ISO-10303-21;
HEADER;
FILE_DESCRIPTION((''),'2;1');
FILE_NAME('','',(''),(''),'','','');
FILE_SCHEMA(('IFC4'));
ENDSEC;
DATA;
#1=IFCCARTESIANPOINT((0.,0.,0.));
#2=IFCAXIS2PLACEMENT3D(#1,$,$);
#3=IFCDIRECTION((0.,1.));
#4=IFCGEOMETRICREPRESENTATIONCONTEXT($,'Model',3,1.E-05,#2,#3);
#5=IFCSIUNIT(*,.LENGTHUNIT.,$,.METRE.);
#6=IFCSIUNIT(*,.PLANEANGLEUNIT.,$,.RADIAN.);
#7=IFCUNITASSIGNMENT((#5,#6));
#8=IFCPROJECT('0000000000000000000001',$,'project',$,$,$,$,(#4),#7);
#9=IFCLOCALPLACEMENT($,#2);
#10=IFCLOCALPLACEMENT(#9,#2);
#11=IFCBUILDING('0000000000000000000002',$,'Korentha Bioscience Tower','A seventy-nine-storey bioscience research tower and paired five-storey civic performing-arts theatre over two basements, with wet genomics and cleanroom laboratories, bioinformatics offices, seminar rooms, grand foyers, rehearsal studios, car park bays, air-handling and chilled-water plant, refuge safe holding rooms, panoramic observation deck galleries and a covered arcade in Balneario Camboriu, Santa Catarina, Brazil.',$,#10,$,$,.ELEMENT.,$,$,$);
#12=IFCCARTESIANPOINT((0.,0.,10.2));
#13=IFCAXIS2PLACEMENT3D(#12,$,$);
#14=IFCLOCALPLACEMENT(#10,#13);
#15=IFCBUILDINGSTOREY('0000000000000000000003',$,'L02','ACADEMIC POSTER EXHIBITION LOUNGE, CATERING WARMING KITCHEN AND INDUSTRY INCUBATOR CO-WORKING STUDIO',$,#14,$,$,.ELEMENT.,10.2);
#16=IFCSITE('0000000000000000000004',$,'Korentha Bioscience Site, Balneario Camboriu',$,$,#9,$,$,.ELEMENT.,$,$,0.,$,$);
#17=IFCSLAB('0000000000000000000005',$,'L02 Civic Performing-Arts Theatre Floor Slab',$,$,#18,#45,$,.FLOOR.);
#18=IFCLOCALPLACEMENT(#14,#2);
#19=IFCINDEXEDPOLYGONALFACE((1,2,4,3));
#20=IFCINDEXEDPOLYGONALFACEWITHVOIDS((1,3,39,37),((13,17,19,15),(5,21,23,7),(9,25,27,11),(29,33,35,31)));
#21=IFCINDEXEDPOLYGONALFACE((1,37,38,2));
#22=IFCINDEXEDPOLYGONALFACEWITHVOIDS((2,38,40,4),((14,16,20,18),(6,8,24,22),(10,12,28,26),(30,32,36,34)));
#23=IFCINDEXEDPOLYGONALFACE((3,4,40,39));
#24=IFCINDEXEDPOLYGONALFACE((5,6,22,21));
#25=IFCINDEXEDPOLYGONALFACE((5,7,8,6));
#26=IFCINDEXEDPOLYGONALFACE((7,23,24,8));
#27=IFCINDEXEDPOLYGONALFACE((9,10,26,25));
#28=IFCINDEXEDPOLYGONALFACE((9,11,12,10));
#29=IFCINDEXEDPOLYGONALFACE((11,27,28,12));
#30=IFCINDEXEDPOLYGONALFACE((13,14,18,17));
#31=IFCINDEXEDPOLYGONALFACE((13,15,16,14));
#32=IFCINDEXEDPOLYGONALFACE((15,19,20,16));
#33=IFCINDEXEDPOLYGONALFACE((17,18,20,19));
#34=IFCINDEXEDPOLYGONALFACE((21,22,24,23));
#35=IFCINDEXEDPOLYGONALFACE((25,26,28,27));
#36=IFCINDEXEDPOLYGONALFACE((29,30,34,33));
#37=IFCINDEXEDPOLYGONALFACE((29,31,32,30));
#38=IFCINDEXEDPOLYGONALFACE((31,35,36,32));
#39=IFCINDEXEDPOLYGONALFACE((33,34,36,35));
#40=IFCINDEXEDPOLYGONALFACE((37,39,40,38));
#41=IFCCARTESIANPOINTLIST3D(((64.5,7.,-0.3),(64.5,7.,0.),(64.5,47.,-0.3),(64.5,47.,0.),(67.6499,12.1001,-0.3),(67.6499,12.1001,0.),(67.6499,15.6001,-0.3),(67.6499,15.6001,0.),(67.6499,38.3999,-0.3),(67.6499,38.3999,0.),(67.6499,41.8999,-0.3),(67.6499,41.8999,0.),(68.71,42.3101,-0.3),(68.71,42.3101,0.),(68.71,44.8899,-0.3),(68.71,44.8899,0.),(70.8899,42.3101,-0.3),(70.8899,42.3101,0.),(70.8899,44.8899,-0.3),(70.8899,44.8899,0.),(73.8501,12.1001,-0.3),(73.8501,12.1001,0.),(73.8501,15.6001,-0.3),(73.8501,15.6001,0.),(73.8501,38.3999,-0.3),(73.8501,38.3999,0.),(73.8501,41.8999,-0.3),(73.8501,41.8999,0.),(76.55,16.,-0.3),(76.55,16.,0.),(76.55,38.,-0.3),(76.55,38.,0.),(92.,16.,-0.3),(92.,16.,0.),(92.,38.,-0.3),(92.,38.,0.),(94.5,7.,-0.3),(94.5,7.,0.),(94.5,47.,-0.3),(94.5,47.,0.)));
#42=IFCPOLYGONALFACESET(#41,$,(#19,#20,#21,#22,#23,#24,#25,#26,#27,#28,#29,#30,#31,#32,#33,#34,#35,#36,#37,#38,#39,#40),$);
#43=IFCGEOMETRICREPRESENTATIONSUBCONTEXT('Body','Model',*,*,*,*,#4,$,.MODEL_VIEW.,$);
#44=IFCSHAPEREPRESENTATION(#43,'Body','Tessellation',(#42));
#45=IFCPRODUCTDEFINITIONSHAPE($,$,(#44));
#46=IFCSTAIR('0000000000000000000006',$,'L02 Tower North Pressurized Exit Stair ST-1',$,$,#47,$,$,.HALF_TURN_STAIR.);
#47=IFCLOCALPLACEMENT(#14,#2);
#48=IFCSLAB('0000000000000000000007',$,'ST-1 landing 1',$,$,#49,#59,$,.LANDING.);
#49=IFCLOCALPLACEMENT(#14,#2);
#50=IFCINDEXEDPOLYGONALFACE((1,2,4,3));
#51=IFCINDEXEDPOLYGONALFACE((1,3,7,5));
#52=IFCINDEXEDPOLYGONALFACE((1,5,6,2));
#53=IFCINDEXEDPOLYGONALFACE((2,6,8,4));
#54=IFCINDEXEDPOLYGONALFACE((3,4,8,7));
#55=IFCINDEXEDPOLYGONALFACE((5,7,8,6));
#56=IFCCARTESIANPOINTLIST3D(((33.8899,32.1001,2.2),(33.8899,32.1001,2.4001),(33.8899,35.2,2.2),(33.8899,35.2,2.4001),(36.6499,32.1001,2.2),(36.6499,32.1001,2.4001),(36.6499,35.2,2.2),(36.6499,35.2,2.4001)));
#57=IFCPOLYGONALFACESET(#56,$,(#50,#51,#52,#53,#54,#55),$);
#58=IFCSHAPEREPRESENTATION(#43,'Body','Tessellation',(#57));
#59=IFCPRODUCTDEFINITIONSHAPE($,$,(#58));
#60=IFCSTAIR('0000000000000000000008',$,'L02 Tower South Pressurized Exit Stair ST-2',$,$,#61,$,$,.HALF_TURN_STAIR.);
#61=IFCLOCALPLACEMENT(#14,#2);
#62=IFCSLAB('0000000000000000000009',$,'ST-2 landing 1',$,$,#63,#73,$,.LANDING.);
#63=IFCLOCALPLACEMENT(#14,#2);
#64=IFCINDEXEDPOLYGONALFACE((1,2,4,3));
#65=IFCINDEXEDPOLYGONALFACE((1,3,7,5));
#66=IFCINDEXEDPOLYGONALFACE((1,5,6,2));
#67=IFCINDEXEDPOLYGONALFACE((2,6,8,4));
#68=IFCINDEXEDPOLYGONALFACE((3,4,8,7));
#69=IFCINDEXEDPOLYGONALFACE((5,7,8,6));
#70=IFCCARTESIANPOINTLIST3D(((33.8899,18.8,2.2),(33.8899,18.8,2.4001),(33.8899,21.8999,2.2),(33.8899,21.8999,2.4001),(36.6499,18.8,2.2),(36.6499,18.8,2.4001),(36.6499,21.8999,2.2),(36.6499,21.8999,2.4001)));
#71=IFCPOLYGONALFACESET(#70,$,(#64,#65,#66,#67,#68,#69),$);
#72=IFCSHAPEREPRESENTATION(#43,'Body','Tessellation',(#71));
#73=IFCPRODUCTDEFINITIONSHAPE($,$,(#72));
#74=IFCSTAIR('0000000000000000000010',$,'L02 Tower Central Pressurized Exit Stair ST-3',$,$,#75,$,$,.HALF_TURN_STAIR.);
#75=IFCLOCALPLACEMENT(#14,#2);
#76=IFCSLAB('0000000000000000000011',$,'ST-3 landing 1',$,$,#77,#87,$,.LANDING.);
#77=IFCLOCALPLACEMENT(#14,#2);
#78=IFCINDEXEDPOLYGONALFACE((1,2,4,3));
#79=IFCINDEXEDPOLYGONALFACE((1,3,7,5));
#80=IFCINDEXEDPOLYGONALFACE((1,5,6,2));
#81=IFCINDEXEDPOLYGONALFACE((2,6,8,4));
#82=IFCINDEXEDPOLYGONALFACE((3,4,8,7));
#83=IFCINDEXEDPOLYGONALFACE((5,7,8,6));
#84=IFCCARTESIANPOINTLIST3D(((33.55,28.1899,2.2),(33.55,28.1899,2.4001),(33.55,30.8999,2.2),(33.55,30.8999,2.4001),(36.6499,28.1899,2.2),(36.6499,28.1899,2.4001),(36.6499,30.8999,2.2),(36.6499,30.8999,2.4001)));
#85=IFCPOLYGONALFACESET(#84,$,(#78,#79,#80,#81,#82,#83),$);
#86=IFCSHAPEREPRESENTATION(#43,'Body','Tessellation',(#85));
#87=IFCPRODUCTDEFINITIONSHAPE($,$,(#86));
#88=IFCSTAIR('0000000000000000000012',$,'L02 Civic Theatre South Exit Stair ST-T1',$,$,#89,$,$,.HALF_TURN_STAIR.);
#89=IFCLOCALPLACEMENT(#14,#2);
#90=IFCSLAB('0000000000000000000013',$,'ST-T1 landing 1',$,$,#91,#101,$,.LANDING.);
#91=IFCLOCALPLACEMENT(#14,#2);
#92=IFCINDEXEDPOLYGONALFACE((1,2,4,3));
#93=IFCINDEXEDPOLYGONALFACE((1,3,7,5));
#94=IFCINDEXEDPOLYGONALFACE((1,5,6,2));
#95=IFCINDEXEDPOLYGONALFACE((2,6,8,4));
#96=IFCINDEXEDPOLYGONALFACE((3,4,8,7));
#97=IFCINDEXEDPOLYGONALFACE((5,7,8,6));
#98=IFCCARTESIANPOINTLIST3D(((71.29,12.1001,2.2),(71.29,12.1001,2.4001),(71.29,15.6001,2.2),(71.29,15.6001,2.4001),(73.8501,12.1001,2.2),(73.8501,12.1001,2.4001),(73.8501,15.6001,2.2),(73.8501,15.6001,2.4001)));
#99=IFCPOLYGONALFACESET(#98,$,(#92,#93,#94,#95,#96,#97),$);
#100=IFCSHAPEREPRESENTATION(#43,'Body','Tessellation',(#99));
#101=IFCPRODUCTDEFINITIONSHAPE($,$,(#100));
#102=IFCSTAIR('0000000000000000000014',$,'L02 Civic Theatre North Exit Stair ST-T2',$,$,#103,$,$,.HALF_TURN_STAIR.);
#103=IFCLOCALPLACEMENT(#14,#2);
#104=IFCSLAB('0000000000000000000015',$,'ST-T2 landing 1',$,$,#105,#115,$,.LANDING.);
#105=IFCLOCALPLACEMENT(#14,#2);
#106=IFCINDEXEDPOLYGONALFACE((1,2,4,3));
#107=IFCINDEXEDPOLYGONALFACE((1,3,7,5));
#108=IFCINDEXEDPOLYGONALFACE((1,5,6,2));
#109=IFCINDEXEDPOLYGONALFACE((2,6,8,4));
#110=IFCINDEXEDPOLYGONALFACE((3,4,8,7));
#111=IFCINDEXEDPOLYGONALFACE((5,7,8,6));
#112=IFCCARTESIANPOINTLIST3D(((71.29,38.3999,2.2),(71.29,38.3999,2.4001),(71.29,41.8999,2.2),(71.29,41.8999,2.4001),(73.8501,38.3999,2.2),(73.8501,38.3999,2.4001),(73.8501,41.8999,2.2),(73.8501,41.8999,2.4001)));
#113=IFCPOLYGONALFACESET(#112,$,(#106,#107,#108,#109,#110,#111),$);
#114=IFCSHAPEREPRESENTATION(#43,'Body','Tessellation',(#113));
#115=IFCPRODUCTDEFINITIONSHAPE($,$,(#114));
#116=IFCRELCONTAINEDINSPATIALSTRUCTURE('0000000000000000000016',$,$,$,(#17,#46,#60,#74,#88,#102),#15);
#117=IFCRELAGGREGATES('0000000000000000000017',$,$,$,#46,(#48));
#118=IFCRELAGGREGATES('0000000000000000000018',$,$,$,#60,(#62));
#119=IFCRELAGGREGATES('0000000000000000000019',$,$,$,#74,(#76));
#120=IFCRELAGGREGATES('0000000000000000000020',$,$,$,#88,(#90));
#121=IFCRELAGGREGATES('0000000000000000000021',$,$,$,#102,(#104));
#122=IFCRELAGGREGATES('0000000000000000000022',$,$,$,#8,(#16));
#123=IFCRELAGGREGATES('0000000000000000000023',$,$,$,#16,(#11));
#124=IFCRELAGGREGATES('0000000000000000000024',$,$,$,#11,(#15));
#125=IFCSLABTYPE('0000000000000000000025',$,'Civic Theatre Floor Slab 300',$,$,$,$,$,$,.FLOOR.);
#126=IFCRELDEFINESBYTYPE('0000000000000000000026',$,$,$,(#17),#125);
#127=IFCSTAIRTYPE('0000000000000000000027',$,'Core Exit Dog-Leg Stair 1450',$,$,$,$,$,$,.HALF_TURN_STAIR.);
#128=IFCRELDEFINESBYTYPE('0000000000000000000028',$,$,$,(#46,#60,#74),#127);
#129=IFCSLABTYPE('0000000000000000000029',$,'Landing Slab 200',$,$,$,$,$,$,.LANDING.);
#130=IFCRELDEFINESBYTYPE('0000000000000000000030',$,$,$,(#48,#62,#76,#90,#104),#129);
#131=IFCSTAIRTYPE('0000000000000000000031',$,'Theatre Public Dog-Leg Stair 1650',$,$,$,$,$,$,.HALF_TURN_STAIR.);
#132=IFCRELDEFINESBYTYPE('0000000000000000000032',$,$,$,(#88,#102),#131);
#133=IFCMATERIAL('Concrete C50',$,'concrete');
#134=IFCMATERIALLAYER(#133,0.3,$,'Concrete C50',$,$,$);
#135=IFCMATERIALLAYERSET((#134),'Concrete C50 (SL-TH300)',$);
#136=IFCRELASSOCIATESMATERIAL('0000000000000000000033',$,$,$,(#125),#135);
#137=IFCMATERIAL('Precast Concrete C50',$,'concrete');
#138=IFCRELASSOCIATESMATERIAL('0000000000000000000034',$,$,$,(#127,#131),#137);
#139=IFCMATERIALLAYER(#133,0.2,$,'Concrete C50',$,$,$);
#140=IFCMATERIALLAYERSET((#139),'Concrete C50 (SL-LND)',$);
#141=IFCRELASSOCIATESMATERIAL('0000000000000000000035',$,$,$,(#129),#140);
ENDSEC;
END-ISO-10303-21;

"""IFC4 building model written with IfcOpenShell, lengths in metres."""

from ifc_helpers import new_model, si_unit, direction, frame, origin, place, context, subcontext, project, spatial, polyline, outline, extrude, material, layer, layer_set, type_object, element, aggregate, save


model = new_model("IFC4")

# Units and contexts
model_context = context("Model", 3, precision=1e-05, world=origin(), true_north=direction((0.0, 1.0)))
body_context = subcontext(model_context, "Body", "Model", "MODEL_VIEW")
ifc_project = project(units=[si_unit("LENGTHUNIT", "METRE"), si_unit("PLANEANGLEUNIT", "RADIAN")], contexts=[model_context])

# Site, building, storey
site_placement = place(None, origin())
site = spatial("IfcSite", under=ifc_project, at=site_placement, Name="Korentha Bioscience Site, Balneario Camboriu", CompositionType="ELEMENT", RefElevation=0.0)
building_placement = place(site_placement, origin())
building = spatial("IfcBuilding", under=site, at=building_placement, Name="Korentha Bioscience Tower", Description="A seventy-nine-storey bioscience research tower and paired five-storey civic performing-arts theatre over two basements, with wet genomics and cleanroom laboratories, bioinformatics offices, seminar rooms, grand foyers, rehearsal studios, car park bays, air-handling and chilled-water plant, refuge safe holding rooms, panoramic observation deck galleries and a covered arcade in Balneario Camboriu, Santa Catarina, Brazil.", CompositionType="ELEMENT")
storey_placement = place(building_placement, frame((0.0, 0.0, 10.2)))
storey = spatial("IfcBuildingStorey", under=building, at=storey_placement, Name="L02", Description="ACADEMIC POSTER EXHIBITION LOUNGE, CATERING WARMING KITCHEN AND INDUSTRY INCUBATOR CO-WORKING STUDIO", CompositionType="ELEMENT", Elevation=10.2)

# Shared definitions
ifc_material_1 = material(Name="Precast Concrete C50", Category="concrete")

# Slab
ifc_material_2 = material(Name="Concrete C50", Category="concrete")
ifc_layer_1 = layer(ifc_material_2, 0.3, Name="Concrete C50")
ifc_layer_set_1 = layer_set([ifc_layer_1], Name="Concrete C50 (SL-TH300)")
slab_type_1 = type_object("IfcSlabType", Name="Civic Theatre Floor Slab 300", PredefinedType="FLOOR", material=ifc_layer_set_1)
slab_1_placement = place(storey_placement, frame((0.0, 0.0, -0.3)))
element("IfcSlab", 1, at=slab_1_placement, inside=storey, type_object=slab_type_1, Name="L02 Civic Performing-Arts Theatre Floor Slab", PredefinedType="FLOOR", context=body_context, shape_type="SweptSolid", body=[
    extrude(outline(polyline([(64.5, 7.0), (94.5, 7.0), (94.5, 47.0), (64.5, 47.0), (64.5, 7.0)]), holes=[polyline([(67.6499, 12.1001), (73.8501, 12.1001), (73.8501, 15.6001), (67.6499, 15.6001), (67.6499, 12.1001)]), polyline([(67.6499, 38.3999), (73.8501, 38.3999), (73.8501, 41.8999), (67.6499, 41.8999), (67.6499, 38.3999)]), polyline([(68.71, 42.3101), (70.8899, 42.3101), (70.8899, 44.8899), (68.71, 44.8899), (68.71, 42.3101)]), polyline([(76.55, 16.0), (92.0, 16.0), (92.0, 38.0), (76.55, 38.0), (76.55, 16.0)])]), origin(), (0.0, 0.0, 1.0), 0.3),
])

# Stairs, slabs
stair_type_1 = type_object("IfcStairType", Name="Core Exit Dog-Leg Stair 1450", PredefinedType="HALF_TURN_STAIR", material=ifc_material_1)
stair_1_placement = place(storey_placement, origin())
stair_1 = element("IfcStair", 2, at=stair_1_placement, inside=storey, type_object=stair_type_1, Name="L02 Tower North Pressurized Exit Stair ST-1", PredefinedType="HALF_TURN_STAIR")
ifc_layer_2 = layer(ifc_material_2, 0.2, Name="Concrete C50")
ifc_layer_set_2 = layer_set([ifc_layer_2], Name="Concrete C50 (SL-LND)")
slab_type_2 = type_object("IfcSlabType", Name="Landing Slab 200", PredefinedType="LANDING", material=ifc_layer_set_2)
slab_2_placement = place(storey_placement, frame((0.0, 0.0, 2.2)))
slab_2 = element("IfcSlab", 3, at=slab_2_placement, type_object=slab_type_2, Name="ST-1 landing 1", PredefinedType="LANDING", context=body_context, shape_type="SweptSolid", body=[
    extrude(outline(polyline([(33.8899, 32.1001), (36.6499, 32.1001), (36.6499, 35.2), (33.8899, 35.2), (33.8899, 32.1001)])), origin(), (0.0, 0.0, 1.0), 0.2002),
])
aggregate(stair_1, [slab_2])
stair_2_placement = place(storey_placement, origin())
stair_2 = element("IfcStair", 4, at=stair_2_placement, inside=storey, type_object=stair_type_1, Name="L02 Tower South Pressurized Exit Stair ST-2", PredefinedType="HALF_TURN_STAIR")
slab_3_placement = place(storey_placement, frame((0.0, 0.0, 2.2)))
slab_3 = element("IfcSlab", 5, at=slab_3_placement, type_object=slab_type_2, Name="ST-2 landing 1", PredefinedType="LANDING", context=body_context, shape_type="SweptSolid", body=[
    extrude(outline(polyline([(33.8899, 18.8), (36.6499, 18.8), (36.6499, 21.8999), (33.8899, 21.8999), (33.8899, 18.8)])), origin(), (0.0, 0.0, 1.0), 0.2002),
])
aggregate(stair_2, [slab_3])
stair_3_placement = place(storey_placement, origin())
stair_3 = element("IfcStair", 6, at=stair_3_placement, inside=storey, type_object=stair_type_1, Name="L02 Tower Central Pressurized Exit Stair ST-3", PredefinedType="HALF_TURN_STAIR")
slab_4_placement = place(storey_placement, frame((0.0, 0.0, 2.2)))
slab_4 = element("IfcSlab", 7, at=slab_4_placement, type_object=slab_type_2, Name="ST-3 landing 1", PredefinedType="LANDING", context=body_context, shape_type="SweptSolid", body=[
    extrude(outline(polyline([(36.6499, 28.1899), (36.6499, 30.8999), (33.55, 30.8999), (33.55, 28.1899), (36.6499, 28.1899)])), origin(), (0.0, 0.0, 1.0), 0.2002),
])
aggregate(stair_3, [slab_4])
stair_type_2 = type_object("IfcStairType", Name="Theatre Public Dog-Leg Stair 1650", PredefinedType="HALF_TURN_STAIR", material=ifc_material_1)
stair_4_placement = place(storey_placement, origin())
stair_4 = element("IfcStair", 8, at=stair_4_placement, inside=storey, type_object=stair_type_2, Name="L02 Civic Theatre South Exit Stair ST-T1", PredefinedType="HALF_TURN_STAIR")
slab_5_placement = place(storey_placement, frame((0.0, 0.0, 2.2)))
slab_5 = element("IfcSlab", 9, at=slab_5_placement, type_object=slab_type_2, Name="ST-T1 landing 1", PredefinedType="LANDING", context=body_context, shape_type="SweptSolid", body=[
    extrude(outline(polyline([(71.29, 12.1001), (73.8501, 12.1001), (73.8501, 15.6001), (71.29, 15.6001), (71.29, 12.1001)])), origin(), (0.0, 0.0, 1.0), 0.2002),
])
aggregate(stair_4, [slab_5])
stair_5_placement = place(storey_placement, origin())
stair_5 = element("IfcStair", 10, at=stair_5_placement, inside=storey, type_object=stair_type_2, Name="L02 Civic Theatre North Exit Stair ST-T2", PredefinedType="HALF_TURN_STAIR")
slab_6_placement = place(storey_placement, frame((0.0, 0.0, 2.2)))
slab_6 = element("IfcSlab", 11, at=slab_6_placement, type_object=slab_type_2, Name="ST-T2 landing 1", PredefinedType="LANDING", context=body_context, shape_type="SweptSolid", body=[
    extrude(outline(polyline([(71.29, 38.3999), (73.8501, 38.3999), (73.8501, 41.8999), (71.29, 41.8999), (71.29, 38.3999)])), origin(), (0.0, 0.0, 1.0), 0.2002),
])
aggregate(stair_5, [slab_6])

save(model, "model.ifc")
